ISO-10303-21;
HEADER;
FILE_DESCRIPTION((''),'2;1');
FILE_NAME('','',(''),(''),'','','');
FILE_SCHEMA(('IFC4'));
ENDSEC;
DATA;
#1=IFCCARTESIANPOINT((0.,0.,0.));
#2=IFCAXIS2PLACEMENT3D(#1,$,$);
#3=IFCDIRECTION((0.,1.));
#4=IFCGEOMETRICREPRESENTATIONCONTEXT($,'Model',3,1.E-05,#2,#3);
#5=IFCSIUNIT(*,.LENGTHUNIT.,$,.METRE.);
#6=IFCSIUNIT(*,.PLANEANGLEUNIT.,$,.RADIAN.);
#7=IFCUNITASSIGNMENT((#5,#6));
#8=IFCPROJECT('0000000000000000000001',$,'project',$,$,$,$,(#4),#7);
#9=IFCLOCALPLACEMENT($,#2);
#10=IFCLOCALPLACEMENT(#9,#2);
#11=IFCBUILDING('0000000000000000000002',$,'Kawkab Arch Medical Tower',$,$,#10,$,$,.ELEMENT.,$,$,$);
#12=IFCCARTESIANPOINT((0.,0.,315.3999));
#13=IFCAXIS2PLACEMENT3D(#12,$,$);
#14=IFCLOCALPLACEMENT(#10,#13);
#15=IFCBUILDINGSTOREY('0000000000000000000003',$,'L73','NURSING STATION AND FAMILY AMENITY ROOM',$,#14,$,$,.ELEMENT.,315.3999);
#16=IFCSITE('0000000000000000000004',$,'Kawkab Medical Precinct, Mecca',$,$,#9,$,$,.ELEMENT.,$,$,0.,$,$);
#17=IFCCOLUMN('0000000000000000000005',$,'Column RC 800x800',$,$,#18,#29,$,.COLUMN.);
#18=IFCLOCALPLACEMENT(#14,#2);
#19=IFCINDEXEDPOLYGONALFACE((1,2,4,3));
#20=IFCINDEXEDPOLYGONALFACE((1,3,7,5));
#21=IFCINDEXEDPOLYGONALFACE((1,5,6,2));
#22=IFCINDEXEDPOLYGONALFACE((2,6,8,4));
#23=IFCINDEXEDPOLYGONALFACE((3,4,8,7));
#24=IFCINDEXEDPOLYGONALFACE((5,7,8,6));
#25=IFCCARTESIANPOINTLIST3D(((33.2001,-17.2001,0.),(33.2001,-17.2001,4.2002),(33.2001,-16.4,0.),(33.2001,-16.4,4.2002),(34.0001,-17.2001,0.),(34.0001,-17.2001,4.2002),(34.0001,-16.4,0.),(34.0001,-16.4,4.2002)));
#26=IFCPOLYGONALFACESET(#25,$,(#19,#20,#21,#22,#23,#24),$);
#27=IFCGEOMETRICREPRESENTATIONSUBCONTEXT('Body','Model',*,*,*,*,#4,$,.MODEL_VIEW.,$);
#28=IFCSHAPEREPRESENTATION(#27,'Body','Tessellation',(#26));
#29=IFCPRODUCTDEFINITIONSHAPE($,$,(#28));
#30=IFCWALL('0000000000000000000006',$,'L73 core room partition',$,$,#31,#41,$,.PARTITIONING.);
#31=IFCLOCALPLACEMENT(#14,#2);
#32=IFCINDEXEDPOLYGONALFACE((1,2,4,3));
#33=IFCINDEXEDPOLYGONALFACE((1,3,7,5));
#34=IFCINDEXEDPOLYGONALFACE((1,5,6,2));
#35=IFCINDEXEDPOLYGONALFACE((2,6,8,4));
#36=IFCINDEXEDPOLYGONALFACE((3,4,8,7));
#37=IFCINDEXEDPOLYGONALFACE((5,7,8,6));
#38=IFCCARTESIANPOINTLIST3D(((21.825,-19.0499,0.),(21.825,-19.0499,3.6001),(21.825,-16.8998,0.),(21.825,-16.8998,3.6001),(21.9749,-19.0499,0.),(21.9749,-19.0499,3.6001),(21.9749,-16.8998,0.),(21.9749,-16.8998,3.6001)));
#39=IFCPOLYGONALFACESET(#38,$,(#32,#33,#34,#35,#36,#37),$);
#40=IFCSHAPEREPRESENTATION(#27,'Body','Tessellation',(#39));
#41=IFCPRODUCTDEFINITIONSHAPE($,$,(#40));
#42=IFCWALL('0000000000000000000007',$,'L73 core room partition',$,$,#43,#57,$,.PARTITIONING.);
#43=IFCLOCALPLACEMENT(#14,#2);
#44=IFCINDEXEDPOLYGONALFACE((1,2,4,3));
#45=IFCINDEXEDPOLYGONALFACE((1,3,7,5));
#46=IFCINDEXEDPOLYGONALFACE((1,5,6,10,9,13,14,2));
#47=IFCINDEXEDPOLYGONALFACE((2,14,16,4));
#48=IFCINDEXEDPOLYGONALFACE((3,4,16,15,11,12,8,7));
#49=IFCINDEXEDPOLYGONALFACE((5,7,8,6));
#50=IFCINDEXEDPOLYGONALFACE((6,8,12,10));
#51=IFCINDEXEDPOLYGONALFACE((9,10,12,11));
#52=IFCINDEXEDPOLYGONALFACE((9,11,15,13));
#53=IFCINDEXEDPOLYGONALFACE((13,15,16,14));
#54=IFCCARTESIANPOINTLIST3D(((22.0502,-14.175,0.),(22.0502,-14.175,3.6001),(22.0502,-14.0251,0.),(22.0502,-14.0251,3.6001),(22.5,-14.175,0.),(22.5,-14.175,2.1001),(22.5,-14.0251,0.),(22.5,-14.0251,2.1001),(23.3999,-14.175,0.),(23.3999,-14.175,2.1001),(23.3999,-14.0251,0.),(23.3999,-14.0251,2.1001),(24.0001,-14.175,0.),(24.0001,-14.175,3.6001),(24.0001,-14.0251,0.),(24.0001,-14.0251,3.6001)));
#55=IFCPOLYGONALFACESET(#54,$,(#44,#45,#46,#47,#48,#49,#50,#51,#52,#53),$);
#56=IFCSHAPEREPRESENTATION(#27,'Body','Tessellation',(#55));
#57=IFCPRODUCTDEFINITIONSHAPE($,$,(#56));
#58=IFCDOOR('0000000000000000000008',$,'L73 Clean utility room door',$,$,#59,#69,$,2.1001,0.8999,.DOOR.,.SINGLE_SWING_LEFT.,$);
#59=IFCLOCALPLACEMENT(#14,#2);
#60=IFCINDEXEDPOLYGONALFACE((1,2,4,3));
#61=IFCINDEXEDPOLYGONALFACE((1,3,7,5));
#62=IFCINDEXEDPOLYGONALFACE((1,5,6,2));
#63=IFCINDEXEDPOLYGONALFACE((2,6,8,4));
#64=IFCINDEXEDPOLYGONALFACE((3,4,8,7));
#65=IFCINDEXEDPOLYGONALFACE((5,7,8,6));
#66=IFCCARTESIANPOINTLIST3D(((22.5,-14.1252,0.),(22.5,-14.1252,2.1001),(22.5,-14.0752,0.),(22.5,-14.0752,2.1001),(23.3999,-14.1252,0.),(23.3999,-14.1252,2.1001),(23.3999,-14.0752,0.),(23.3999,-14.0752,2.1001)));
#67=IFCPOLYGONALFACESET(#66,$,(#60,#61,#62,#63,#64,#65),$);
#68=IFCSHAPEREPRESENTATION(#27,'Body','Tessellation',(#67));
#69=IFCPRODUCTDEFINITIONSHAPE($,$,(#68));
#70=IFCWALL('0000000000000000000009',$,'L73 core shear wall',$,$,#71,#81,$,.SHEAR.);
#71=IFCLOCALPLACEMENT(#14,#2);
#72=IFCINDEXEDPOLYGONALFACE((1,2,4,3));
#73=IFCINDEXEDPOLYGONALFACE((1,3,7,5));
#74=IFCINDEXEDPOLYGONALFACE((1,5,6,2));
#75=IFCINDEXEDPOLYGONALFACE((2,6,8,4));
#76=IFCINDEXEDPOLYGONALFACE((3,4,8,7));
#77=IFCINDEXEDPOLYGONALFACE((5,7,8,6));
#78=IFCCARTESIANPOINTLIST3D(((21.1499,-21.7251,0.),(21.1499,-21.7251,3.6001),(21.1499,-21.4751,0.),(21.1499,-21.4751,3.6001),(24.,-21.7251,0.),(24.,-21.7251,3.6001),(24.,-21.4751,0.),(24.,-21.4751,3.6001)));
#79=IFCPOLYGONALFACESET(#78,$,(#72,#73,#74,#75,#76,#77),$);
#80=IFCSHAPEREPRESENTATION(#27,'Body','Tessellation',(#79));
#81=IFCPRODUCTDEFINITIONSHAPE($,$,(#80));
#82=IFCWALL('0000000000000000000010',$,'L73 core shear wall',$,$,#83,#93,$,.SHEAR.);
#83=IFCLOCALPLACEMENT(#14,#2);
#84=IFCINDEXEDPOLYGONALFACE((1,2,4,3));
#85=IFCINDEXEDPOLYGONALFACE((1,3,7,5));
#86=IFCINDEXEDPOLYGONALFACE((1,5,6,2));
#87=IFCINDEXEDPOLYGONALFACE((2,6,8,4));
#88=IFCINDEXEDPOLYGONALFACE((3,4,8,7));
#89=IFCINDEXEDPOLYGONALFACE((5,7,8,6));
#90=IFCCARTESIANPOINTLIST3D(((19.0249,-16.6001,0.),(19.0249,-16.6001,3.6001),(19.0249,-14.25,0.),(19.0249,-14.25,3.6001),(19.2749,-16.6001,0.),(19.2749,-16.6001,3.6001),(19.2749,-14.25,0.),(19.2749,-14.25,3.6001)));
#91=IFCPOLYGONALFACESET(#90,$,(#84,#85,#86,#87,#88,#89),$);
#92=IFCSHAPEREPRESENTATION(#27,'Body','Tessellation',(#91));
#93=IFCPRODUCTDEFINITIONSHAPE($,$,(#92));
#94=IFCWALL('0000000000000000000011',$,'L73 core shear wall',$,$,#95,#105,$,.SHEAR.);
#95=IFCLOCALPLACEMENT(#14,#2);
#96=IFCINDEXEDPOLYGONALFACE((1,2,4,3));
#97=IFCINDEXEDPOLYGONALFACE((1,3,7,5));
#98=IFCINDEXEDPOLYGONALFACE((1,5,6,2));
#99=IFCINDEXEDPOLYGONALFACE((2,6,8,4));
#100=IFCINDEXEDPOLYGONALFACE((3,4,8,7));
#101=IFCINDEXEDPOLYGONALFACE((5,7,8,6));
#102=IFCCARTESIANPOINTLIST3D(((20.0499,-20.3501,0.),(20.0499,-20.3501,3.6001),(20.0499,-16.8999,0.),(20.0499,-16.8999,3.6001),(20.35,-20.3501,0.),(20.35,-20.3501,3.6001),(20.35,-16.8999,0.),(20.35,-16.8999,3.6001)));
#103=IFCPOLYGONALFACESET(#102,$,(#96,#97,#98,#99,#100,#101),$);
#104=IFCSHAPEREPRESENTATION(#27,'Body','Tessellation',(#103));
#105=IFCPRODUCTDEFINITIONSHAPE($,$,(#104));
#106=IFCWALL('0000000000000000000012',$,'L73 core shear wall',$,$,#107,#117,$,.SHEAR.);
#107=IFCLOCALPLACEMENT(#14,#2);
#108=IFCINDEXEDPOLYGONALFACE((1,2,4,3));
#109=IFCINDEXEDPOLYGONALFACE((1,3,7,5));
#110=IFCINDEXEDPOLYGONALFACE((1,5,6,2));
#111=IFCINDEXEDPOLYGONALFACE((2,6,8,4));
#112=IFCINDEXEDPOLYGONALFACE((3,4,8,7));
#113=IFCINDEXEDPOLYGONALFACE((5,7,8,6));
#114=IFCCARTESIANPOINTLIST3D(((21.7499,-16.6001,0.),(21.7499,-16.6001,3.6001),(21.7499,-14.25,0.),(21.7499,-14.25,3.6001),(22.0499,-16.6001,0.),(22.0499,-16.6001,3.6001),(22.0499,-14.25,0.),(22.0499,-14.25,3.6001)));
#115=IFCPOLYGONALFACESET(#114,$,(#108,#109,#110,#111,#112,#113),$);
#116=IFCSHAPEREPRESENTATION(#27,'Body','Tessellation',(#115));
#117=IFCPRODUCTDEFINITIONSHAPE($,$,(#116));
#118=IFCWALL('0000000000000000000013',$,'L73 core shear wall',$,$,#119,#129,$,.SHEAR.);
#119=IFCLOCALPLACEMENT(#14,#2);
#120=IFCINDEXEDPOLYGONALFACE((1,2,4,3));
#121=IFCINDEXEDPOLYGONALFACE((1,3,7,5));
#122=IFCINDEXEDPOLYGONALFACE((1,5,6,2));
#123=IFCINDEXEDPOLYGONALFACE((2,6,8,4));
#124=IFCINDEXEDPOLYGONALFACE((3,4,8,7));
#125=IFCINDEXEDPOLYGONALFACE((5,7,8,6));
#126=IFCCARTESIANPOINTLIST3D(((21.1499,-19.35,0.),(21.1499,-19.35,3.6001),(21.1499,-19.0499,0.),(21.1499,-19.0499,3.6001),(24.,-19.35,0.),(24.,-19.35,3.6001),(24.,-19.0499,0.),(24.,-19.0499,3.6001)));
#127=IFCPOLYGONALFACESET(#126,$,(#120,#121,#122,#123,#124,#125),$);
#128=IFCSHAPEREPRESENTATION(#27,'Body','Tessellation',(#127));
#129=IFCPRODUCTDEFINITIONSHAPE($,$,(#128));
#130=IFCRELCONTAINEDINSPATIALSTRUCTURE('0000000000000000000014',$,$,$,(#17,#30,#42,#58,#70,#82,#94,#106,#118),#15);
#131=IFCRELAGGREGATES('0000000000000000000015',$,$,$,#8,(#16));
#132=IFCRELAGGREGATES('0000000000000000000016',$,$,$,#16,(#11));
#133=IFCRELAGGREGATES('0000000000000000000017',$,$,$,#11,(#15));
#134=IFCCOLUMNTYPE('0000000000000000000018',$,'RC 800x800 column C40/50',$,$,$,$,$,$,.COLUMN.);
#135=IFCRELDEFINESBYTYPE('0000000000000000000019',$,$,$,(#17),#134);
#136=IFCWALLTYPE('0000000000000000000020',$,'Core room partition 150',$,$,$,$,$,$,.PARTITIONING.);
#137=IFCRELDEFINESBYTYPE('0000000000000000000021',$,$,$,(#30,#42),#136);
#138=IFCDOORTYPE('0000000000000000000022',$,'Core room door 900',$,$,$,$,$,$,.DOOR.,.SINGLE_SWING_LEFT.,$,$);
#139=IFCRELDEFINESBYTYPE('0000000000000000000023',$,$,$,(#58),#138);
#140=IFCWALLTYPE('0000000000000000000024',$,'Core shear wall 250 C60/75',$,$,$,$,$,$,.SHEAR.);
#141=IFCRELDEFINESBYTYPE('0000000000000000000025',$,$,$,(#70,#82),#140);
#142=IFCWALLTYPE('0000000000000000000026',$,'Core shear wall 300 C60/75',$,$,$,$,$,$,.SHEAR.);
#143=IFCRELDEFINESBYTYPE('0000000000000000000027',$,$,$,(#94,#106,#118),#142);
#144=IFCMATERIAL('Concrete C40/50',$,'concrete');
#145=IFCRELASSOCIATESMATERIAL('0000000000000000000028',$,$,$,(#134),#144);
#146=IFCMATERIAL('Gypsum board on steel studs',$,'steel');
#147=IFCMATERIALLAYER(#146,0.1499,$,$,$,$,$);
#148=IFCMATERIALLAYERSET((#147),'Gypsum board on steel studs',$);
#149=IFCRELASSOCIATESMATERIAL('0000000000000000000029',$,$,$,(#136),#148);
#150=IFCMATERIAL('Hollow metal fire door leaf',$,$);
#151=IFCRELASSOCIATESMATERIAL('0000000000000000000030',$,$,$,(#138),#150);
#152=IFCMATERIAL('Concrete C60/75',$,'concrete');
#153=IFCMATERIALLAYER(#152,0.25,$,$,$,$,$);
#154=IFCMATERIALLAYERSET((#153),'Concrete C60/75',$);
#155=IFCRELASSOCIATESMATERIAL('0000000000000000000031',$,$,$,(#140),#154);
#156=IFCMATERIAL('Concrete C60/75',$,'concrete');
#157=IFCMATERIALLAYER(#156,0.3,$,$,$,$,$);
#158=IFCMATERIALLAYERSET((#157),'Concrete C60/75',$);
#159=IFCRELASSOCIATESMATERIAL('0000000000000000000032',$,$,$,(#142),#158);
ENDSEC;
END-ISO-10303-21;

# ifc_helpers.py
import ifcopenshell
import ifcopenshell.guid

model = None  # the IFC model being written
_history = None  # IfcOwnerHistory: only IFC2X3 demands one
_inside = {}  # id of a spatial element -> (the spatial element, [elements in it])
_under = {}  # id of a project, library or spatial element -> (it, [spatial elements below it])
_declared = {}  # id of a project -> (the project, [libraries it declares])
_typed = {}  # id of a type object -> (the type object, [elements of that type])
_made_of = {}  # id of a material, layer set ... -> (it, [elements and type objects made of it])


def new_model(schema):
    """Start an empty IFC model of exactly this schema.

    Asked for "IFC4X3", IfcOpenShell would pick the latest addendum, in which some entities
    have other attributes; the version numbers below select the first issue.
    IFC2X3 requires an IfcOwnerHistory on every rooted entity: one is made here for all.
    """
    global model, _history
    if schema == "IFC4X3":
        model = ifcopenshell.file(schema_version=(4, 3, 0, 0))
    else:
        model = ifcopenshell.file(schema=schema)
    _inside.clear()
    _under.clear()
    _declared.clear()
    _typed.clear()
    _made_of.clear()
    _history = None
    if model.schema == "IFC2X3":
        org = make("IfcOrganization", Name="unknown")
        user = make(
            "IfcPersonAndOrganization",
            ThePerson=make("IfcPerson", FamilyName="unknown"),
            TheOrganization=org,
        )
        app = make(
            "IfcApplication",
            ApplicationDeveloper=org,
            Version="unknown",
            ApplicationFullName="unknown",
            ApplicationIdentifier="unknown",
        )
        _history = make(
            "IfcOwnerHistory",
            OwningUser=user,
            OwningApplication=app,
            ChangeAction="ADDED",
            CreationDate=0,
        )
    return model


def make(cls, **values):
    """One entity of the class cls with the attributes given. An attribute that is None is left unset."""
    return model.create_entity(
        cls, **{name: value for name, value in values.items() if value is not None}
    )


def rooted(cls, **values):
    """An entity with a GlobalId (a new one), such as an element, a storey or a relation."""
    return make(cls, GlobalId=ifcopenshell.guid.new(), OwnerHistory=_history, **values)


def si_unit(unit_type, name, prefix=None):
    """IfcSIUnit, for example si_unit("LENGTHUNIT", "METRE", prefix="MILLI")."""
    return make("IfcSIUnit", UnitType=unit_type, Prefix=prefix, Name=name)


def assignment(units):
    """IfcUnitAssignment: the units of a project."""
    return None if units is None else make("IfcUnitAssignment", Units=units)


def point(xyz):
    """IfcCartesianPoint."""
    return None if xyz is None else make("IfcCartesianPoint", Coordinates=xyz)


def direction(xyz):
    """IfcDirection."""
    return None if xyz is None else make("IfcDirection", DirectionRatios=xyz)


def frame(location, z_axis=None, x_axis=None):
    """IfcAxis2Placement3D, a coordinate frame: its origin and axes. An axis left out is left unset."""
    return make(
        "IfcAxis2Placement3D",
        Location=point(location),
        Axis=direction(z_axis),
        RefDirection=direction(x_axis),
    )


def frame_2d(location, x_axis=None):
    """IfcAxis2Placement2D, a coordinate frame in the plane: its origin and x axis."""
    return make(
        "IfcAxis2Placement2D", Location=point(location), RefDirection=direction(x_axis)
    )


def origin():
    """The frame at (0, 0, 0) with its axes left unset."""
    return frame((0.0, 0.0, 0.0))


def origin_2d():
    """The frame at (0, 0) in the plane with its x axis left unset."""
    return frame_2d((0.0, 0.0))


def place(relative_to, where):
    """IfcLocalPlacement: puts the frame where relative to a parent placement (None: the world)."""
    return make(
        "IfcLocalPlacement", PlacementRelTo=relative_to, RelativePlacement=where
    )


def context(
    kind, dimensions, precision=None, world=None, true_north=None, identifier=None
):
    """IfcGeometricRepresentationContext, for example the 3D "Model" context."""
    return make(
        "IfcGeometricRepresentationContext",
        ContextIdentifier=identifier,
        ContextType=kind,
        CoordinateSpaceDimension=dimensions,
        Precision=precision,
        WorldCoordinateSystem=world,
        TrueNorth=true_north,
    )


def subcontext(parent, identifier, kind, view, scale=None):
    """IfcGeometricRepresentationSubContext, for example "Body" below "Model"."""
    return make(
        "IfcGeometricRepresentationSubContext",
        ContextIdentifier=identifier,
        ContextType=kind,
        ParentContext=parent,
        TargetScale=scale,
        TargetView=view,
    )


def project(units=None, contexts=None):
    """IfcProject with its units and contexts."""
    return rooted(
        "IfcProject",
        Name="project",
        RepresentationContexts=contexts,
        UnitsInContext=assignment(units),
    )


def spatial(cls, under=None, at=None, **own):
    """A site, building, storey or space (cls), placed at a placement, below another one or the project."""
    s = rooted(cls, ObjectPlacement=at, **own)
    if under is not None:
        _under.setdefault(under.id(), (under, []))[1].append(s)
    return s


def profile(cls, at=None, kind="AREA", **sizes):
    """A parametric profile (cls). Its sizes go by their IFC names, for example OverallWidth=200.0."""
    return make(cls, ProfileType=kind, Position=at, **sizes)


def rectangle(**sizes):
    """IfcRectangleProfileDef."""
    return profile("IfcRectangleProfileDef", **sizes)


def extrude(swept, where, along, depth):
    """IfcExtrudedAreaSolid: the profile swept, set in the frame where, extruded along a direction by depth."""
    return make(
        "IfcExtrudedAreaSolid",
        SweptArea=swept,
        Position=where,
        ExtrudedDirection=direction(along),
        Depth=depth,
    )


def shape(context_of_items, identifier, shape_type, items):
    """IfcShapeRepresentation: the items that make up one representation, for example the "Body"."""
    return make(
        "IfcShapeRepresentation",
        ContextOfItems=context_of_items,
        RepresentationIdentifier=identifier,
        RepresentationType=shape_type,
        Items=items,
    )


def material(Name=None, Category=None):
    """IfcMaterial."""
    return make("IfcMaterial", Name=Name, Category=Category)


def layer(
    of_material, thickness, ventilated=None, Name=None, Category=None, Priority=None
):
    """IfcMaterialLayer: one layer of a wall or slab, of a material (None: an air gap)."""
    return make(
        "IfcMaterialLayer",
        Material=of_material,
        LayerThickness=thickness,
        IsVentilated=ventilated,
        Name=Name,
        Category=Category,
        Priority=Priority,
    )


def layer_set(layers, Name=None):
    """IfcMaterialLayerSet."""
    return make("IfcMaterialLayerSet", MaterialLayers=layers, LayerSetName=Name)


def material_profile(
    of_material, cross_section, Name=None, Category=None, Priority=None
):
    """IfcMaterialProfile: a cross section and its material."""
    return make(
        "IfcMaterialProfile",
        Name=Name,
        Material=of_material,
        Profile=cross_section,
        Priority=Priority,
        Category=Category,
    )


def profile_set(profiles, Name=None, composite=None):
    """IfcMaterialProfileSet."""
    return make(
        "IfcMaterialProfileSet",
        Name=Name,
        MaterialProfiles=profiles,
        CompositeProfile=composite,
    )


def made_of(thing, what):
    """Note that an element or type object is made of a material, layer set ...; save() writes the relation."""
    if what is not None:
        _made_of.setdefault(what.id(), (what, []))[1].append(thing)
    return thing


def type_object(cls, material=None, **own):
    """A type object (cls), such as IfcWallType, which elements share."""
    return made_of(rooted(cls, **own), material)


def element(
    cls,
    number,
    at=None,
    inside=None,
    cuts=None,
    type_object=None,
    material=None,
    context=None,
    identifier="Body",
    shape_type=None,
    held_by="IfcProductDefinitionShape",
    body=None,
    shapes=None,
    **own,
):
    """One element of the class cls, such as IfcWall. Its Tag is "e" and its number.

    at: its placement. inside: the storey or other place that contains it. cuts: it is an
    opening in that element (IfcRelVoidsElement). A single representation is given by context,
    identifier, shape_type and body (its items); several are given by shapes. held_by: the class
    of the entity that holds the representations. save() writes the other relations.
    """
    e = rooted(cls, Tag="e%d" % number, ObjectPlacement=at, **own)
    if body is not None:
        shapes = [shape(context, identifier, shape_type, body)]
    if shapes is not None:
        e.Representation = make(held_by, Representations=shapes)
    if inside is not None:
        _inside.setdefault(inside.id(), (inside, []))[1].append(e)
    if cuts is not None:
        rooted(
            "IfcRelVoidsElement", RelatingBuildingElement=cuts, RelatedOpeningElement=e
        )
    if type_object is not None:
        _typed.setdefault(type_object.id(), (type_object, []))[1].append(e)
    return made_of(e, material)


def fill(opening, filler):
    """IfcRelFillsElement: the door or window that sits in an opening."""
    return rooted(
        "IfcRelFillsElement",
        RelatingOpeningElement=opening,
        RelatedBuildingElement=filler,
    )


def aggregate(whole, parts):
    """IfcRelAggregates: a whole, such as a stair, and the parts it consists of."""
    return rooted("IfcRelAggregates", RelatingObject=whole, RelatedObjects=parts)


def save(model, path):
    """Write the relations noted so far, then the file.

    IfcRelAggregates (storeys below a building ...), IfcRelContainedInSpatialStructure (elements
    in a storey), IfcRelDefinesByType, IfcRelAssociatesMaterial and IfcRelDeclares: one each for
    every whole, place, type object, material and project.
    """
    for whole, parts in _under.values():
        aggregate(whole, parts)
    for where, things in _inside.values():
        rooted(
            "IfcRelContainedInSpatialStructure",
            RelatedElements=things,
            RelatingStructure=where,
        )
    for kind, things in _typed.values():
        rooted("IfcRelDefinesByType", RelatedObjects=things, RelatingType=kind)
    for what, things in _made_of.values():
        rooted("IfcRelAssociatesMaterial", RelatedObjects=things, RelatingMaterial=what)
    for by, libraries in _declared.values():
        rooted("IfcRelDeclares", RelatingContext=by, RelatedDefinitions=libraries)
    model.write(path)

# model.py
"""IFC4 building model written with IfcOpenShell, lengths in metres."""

from ifc_helpers import new_model, si_unit, direction, frame, frame_2d, origin, origin_2d, place, context, subcontext, project, spatial, rectangle, extrude, material, layer, layer_set, material_profile, profile_set, type_object, element, fill, save


model = new_model("IFC4")

# Units and contexts
model_context = context("Model", 3, precision=1e-05, world=origin(), true_north=direction((0.0, 1.0)))
body_context = subcontext(model_context, "Body", "Model", "MODEL_VIEW")
ifc_project = project(units=[si_unit("LENGTHUNIT", "METRE"), si_unit("PLANEANGLEUNIT", "RADIAN")], contexts=[model_context])

# Site, building, storey
site_placement = place(None, origin())
site = spatial("IfcSite", under=ifc_project, at=site_placement, Name="Kawkab Medical Precinct, Mecca", CompositionType="ELEMENT", RefElevation=0.0)
building_placement = place(site_placement, origin())
building = spatial("IfcBuilding", under=site, at=building_placement, Name="Kawkab Arch Medical Tower", CompositionType="ELEMENT")
storey_placement = place(building_placement, frame((0.0, 0.0, 315.3999)))
storey = spatial("IfcBuildingStorey", under=building, at=storey_placement, Name="L73", Description="NURSING STATION AND FAMILY AMENITY ROOM", CompositionType="ELEMENT", Elevation=315.3999)

# Column
ifc_material_1 = material(Name="Concrete C40/50", Category="concrete")
ifc_material_profile = material_profile(ifc_material_1, rectangle(XDim=0.8, YDim=0.8, at=origin_2d()), Name="RC 800x800")
ifc_profile_set = profile_set([ifc_material_profile], Name="Concrete C40/50")
column_type = type_object("IfcColumnType", Name="RC 800x800 column C40/50", PredefinedType="COLUMN", material=ifc_profile_set)
column_placement = place(storey_placement, frame((33.6001, -16.8, 0.0), z_axis=(0.0, 0.0, 1.0), x_axis=(1.0, 0.0, 0.0)))
element("IfcColumn", 1, at=column_placement, inside=storey, type_object=column_type, Name="Column RC 800x800", PredefinedType="COLUMN", context=body_context, shape_type="SweptSolid", body=[
    extrude(rectangle(XDim=0.8, YDim=0.8, at=origin_2d()), origin(), (0.0, 0.0, 1.0), 4.2002),
])

# Wall
ifc_material_2 = material(Name="Gypsum board on steel studs", Category="steel")
ifc_layer_1 = layer(ifc_material_2, 0.1499)
ifc_layer_set_1 = layer_set([ifc_layer_1], Name="Gypsum board on steel studs")
wall_type_1 = type_object("IfcWallType", Name="Core room partition 150", PredefinedType="PARTITIONING", material=ifc_layer_set_1)
wall_1_placement = place(storey_placement, frame((21.8999, -19.05, 0.0), z_axis=(0.0, 0.0, 1.0), x_axis=(0.0, 1.0, 0.0)))
element("IfcWall", 2, at=wall_1_placement, inside=storey, type_object=wall_type_1, Name="L73 core room partition", PredefinedType="PARTITIONING", context=body_context, shape_type="SweptSolid", body=[
    extrude(rectangle(XDim=2.1501, YDim=0.1499, at=frame_2d((1.0752, 0.0))), origin(), (0.0, 0.0, 1.0), 3.6001),
])

# Wall, opening, door
wall_2_placement = place(storey_placement, frame((22.05, -14.1001, 0.0), z_axis=(0.0, 0.0, 1.0), x_axis=(1.0, 0.0, 0.0)))
wall_2 = element("IfcWall", 3, at=wall_2_placement, inside=storey, type_object=wall_type_1, Name="L73 core room partition", PredefinedType="PARTITIONING", context=body_context, shape_type="SweptSolid", body=[
    extrude(rectangle(XDim=1.95, YDim=0.1499, at=frame_2d((0.9751, 0.0))), origin(), (0.0, 0.0, 1.0), 3.6001),
])
opening_1_placement = place(wall_2_placement, frame((0.45, 0.0, 0.0)))
opening_1 = element("IfcOpeningElement", 4, at=opening_1_placement, cuts=wall_2, PredefinedType="OPENING", context=body_context, shape_type="SweptSolid", body=[
    extrude(rectangle(XDim=0.8999, YDim=2.1001, at=frame_2d((0.45, 1.05))), frame((0.0, 0.085, 0.0), z_axis=(0.0, -1.0, 0.0), x_axis=(1.0, 0.0, 0.0)), (0.0, 0.0, 1.0), 0.1699),
])
ifc_material_3 = material(Name="Hollow metal fire door leaf")
door_type_1 = type_object("IfcDoorType", Name="Core room door 900", OperationType="SINGLE_SWING_LEFT", PredefinedType="DOOR", material=ifc_material_3)
door_1_placement = place(opening_1_placement, origin())
door_1 = element("IfcDoor", 5, at=door_1_placement, inside=storey, type_object=door_type_1, Name="L73 Clean utility room door", OperationType="SINGLE_SWING_LEFT", OverallHeight=2.1001, OverallWidth=0.8999, PredefinedType="DOOR", context=body_context, shape_type="SweptSolid", body=[
    extrude(rectangle(XDim=0.8999, YDim=2.1001, at=frame_2d((0.45, 1.05))), frame((0.0, 0.0249, 0.0), z_axis=(0.0, -1.0, 0.0), x_axis=(1.0, 0.0, 0.0)), (0.0, 0.0, 1.0), 0.05),
])
fill(opening_1, door_1)

# Walls
ifc_material_4 = material(Name="Concrete C60/75", Category="concrete")
ifc_layer_2 = layer(ifc_material_4, 0.25)
ifc_layer_set_2 = layer_set([ifc_layer_2], Name="Concrete C60/75")
wall_type_2 = type_object("IfcWallType", Name="Core shear wall 250 C60/75", PredefinedType="SHEAR", material=ifc_layer_set_2)
wall_3_placement = place(storey_placement, frame((21.1499, -21.6001, 0.0), z_axis=(0.0, 0.0, 1.0), x_axis=(1.0, 0.0, 0.0)))
element("IfcWall", 6, at=wall_3_placement, inside=storey, type_object=wall_type_2, Name="L73 core shear wall", PredefinedType="SHEAR", context=body_context, shape_type="SweptSolid", body=[
    extrude(rectangle(XDim=2.8501, YDim=0.25, at=frame_2d((1.425, 0.0))), origin(), (0.0, 0.0, 1.0), 3.6001),
])
wall_4_placement = place(storey_placement, frame((19.1499, -16.6001, 0.0), z_axis=(0.0, 0.0, 1.0), x_axis=(0.0, 1.0, 0.0)))
element("IfcWall", 7, at=wall_4_placement, inside=storey, type_object=wall_type_2, Name="L73 core shear wall", PredefinedType="SHEAR", context=body_context, shape_type="SweptSolid", body=[
    extrude(rectangle(XDim=2.3501, YDim=0.25, at=frame_2d((1.175, 0.0))), origin(), (0.0, 0.0, 1.0), 3.6001),
])
ifc_material_5 = material(Name="Concrete C60/75", Category="concrete")
ifc_layer_3 = layer(ifc_material_5, 0.3)
ifc_layer_set_3 = layer_set([ifc_layer_3], Name="Concrete C60/75")
wall_type_3 = type_object("IfcWallType", Name="Core shear wall 300 C60/75", PredefinedType="SHEAR", material=ifc_layer_set_3)
wall_5_placement = place(storey_placement, frame((20.2, -20.3501, 0.0), z_axis=(0.0, 0.0, 1.0), x_axis=(0.0, 1.0, 0.0)))
element("IfcWall", 8, at=wall_5_placement, inside=storey, type_object=wall_type_3, Name="L73 core shear wall", PredefinedType="SHEAR", context=body_context, shape_type="SweptSolid", body=[
    extrude(rectangle(XDim=3.4502, YDim=0.3, at=frame_2d((1.7251, 0.0))), origin(), (0.0, 0.0, 1.0), 3.6001),
])
wall_6_placement = place(storey_placement, frame((21.8999, -16.6001, 0.0), z_axis=(0.0, 0.0, 1.0), x_axis=(0.0, 1.0, 0.0)))
element("IfcWall", 9, at=wall_6_placement, inside=storey, type_object=wall_type_3, Name="L73 core shear wall", PredefinedType="SHEAR", context=body_context, shape_type="SweptSolid", body=[
    extrude(rectangle(XDim=2.3501, YDim=0.3, at=frame_2d((1.175, 0.0))), origin(), (0.0, 0.0, 1.0), 3.6001),
])
wall_7_placement = place(storey_placement, frame((21.1499, -19.2, 0.0), z_axis=(0.0, 0.0, 1.0), x_axis=(1.0, 0.0, 0.0)))
element("IfcWall", 10, at=wall_7_placement, inside=storey, type_object=wall_type_3, Name="L73 core shear wall", PredefinedType="SHEAR", context=body_context, shape_type="SweptSolid", body=[
    extrude(rectangle(XDim=2.8501, YDim=0.3, at=frame_2d((1.425, 0.0))), origin(), (0.0, 0.0, 1.0), 3.6001),
])

save(model, "model.ifc")
